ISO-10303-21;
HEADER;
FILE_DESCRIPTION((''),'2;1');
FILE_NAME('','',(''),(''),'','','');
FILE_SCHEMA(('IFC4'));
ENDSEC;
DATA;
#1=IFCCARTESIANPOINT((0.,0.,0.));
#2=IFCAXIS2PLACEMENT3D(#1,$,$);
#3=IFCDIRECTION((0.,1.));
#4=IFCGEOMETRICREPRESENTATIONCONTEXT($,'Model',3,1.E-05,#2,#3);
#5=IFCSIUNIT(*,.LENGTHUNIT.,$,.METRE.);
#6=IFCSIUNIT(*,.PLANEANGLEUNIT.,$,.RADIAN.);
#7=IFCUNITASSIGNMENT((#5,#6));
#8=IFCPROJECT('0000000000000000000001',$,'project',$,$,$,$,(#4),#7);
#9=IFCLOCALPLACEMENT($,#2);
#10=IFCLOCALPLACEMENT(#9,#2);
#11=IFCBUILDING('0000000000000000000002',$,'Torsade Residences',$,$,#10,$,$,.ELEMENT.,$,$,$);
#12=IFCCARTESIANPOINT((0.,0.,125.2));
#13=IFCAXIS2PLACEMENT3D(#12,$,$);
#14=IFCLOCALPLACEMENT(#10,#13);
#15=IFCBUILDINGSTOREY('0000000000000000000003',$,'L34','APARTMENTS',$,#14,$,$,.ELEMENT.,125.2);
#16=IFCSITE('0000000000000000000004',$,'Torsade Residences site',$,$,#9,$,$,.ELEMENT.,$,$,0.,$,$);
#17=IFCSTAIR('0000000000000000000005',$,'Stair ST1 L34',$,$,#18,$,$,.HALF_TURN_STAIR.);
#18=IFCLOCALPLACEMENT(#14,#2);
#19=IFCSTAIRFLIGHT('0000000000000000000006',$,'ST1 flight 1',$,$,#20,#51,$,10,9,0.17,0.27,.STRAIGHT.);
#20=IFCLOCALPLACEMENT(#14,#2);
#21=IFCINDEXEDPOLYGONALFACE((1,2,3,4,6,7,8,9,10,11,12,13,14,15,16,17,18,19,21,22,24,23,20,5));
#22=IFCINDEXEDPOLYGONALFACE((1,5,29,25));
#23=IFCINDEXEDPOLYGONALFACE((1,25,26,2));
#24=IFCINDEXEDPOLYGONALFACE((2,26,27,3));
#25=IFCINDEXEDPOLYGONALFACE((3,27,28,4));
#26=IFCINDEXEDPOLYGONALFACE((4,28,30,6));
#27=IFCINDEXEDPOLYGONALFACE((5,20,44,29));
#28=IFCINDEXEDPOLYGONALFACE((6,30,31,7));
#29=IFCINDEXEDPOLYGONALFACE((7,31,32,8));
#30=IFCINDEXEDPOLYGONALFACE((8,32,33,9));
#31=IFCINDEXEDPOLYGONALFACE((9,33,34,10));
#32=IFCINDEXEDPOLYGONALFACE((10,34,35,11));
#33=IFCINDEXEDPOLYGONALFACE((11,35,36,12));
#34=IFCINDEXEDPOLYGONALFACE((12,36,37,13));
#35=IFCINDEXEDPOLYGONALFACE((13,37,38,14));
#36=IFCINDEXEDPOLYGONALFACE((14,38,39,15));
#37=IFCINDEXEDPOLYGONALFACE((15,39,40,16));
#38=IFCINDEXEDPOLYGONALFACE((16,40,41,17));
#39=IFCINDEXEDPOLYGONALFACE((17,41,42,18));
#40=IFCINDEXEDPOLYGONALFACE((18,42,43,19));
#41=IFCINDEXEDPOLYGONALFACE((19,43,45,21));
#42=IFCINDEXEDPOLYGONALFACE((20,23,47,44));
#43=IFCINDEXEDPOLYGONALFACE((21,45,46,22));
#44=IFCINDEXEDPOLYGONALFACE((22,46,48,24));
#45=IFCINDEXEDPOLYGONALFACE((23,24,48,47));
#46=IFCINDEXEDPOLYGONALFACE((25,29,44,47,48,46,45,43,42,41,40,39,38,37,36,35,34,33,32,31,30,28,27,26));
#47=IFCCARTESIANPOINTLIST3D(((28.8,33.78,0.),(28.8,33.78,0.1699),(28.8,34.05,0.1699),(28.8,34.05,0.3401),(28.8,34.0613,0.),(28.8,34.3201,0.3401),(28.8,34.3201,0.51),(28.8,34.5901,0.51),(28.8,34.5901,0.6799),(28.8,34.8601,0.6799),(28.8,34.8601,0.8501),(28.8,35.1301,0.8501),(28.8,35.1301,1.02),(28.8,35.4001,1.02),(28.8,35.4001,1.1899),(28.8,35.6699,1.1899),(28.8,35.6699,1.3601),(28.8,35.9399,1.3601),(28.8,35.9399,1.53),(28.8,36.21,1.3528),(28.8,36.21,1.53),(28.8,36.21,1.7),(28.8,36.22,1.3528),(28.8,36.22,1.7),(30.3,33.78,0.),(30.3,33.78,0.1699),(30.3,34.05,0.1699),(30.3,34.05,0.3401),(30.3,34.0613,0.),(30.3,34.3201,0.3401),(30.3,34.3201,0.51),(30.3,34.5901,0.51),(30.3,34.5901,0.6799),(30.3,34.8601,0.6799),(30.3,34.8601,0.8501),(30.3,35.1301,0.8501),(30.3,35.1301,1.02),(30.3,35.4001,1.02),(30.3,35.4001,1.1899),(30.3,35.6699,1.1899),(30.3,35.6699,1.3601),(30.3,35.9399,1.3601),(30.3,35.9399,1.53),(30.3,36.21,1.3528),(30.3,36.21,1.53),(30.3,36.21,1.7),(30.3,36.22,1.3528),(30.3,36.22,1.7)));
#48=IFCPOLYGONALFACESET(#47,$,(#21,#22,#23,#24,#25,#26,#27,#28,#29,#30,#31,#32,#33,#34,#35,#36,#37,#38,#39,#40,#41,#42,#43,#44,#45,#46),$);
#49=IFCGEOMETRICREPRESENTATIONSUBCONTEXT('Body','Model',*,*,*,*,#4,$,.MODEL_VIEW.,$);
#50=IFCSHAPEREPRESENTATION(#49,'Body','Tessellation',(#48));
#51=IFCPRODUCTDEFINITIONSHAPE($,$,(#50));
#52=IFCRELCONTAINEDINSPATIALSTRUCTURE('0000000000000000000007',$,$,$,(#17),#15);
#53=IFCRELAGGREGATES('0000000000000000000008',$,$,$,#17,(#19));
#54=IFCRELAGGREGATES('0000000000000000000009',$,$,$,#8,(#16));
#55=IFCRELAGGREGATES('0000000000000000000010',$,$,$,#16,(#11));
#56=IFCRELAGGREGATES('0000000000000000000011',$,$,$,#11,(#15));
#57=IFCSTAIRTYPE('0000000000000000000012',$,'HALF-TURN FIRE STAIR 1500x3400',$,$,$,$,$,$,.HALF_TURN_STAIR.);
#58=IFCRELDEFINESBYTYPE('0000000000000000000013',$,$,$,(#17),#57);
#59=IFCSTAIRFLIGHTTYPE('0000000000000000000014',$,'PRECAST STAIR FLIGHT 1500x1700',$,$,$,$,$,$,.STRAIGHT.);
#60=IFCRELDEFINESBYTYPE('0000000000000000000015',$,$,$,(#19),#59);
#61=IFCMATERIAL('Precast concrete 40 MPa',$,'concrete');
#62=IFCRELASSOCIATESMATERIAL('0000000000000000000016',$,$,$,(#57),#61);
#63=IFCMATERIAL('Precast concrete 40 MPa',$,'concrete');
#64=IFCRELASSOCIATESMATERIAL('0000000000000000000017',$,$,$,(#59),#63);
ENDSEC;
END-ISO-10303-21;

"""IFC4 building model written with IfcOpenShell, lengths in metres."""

from ifc_helpers import new_model, si_unit, direction, frame, origin, place, context, subcontext, project, spatial, polyline, outline, extrude, material, type_object, element, aggregate, save


model = new_model("IFC4")

# Units and contexts
model_context = context("Model", 3, precision=1e-05, world=origin(), true_north=direction((0.0, 1.0)))
body_context = subcontext(model_context, "Body", "Model", "MODEL_VIEW")
ifc_project = project(units=[si_unit("LENGTHUNIT", "METRE"), si_unit("PLANEANGLEUNIT", "RADIAN")], contexts=[model_context])

# Site, building, storey
site_placement = place(None, origin())
site = spatial("IfcSite", under=ifc_project, at=site_placement, Name="Torsade Residences site", CompositionType="ELEMENT", RefElevation=0.0)
building_placement = place(site_placement, origin())
building = spatial("IfcBuilding", under=site, at=building_placement, Name="Torsade Residences", CompositionType="ELEMENT")
storey_placement = place(building_placement, frame((0.0, 0.0, 125.2)))
storey = spatial("IfcBuildingStorey", under=building, at=storey_placement, Name="L34", Description="APARTMENTS", CompositionType="ELEMENT", Elevation=125.2)

# Stair, stair flight
ifc_material_1 = material(Name="Precast concrete 40 MPa", Category="concrete")
stair_type = type_object("IfcStairType", Name="HALF-TURN FIRE STAIR 1500x3400", PredefinedType="HALF_TURN_STAIR", material=ifc_material_1)
stair_placement = place(storey_placement, origin())
stair = element("IfcStair", 1, at=stair_placement, inside=storey, type_object=stair_type, Name="Stair ST1 L34", PredefinedType="HALF_TURN_STAIR")
ifc_material_2 = material(Name="Precast concrete 40 MPa", Category="concrete")
stair_flight_type = type_object("IfcStairFlightType", Name="PRECAST STAIR FLIGHT 1500x1700", PredefinedType="STRAIGHT", material=ifc_material_2)
stair_flight_placement = place(storey_placement, frame((29.55, 33.78, 0.0), z_axis=(0.0, 0.0, 1.0), x_axis=(0.0, 1.0, 0.0)))
stair_flight = element("IfcStairFlight", 2, at=stair_flight_placement, type_object=stair_flight_type, Name="ST1 flight 1", NumberOfRisers=10, NumberOfTreads=9, PredefinedType="STRAIGHT", RiserHeight=0.17, TreadLength=0.27, context=body_context, shape_type="SweptSolid", body=[
    extrude(outline(polyline([(0.0, 0.0), (0.0, 0.1699), (0.27, 0.1699), (0.27, 0.3401), (0.54, 0.3401), (0.54, 0.51), (0.8101, 0.51), (0.8101, 0.6799), (1.0801, 0.6799), (1.0801, 0.8501), (1.3501, 0.8501), (1.3501, 1.02), (1.6201, 1.02), (1.6201, 1.1899), (1.8899, 1.1899), (1.8899, 1.3601), (2.1599, 1.3601), (2.1599, 1.53), (2.4299, 1.53), (2.4299, 1.7), (2.4399, 1.7), (2.4399, 1.3528), (2.4299, 1.3528), (0.2812, 0.0), (0.0, 0.0)])), frame((0.0, 0.75, 0.0), z_axis=(0.0, -1.0, 0.0), x_axis=(1.0, 0.0, 0.0)), (0.0, 0.0, 1.0), 1.5),
])
aggregate(stair, [stair_flight])

save(model, "model.ifc")
